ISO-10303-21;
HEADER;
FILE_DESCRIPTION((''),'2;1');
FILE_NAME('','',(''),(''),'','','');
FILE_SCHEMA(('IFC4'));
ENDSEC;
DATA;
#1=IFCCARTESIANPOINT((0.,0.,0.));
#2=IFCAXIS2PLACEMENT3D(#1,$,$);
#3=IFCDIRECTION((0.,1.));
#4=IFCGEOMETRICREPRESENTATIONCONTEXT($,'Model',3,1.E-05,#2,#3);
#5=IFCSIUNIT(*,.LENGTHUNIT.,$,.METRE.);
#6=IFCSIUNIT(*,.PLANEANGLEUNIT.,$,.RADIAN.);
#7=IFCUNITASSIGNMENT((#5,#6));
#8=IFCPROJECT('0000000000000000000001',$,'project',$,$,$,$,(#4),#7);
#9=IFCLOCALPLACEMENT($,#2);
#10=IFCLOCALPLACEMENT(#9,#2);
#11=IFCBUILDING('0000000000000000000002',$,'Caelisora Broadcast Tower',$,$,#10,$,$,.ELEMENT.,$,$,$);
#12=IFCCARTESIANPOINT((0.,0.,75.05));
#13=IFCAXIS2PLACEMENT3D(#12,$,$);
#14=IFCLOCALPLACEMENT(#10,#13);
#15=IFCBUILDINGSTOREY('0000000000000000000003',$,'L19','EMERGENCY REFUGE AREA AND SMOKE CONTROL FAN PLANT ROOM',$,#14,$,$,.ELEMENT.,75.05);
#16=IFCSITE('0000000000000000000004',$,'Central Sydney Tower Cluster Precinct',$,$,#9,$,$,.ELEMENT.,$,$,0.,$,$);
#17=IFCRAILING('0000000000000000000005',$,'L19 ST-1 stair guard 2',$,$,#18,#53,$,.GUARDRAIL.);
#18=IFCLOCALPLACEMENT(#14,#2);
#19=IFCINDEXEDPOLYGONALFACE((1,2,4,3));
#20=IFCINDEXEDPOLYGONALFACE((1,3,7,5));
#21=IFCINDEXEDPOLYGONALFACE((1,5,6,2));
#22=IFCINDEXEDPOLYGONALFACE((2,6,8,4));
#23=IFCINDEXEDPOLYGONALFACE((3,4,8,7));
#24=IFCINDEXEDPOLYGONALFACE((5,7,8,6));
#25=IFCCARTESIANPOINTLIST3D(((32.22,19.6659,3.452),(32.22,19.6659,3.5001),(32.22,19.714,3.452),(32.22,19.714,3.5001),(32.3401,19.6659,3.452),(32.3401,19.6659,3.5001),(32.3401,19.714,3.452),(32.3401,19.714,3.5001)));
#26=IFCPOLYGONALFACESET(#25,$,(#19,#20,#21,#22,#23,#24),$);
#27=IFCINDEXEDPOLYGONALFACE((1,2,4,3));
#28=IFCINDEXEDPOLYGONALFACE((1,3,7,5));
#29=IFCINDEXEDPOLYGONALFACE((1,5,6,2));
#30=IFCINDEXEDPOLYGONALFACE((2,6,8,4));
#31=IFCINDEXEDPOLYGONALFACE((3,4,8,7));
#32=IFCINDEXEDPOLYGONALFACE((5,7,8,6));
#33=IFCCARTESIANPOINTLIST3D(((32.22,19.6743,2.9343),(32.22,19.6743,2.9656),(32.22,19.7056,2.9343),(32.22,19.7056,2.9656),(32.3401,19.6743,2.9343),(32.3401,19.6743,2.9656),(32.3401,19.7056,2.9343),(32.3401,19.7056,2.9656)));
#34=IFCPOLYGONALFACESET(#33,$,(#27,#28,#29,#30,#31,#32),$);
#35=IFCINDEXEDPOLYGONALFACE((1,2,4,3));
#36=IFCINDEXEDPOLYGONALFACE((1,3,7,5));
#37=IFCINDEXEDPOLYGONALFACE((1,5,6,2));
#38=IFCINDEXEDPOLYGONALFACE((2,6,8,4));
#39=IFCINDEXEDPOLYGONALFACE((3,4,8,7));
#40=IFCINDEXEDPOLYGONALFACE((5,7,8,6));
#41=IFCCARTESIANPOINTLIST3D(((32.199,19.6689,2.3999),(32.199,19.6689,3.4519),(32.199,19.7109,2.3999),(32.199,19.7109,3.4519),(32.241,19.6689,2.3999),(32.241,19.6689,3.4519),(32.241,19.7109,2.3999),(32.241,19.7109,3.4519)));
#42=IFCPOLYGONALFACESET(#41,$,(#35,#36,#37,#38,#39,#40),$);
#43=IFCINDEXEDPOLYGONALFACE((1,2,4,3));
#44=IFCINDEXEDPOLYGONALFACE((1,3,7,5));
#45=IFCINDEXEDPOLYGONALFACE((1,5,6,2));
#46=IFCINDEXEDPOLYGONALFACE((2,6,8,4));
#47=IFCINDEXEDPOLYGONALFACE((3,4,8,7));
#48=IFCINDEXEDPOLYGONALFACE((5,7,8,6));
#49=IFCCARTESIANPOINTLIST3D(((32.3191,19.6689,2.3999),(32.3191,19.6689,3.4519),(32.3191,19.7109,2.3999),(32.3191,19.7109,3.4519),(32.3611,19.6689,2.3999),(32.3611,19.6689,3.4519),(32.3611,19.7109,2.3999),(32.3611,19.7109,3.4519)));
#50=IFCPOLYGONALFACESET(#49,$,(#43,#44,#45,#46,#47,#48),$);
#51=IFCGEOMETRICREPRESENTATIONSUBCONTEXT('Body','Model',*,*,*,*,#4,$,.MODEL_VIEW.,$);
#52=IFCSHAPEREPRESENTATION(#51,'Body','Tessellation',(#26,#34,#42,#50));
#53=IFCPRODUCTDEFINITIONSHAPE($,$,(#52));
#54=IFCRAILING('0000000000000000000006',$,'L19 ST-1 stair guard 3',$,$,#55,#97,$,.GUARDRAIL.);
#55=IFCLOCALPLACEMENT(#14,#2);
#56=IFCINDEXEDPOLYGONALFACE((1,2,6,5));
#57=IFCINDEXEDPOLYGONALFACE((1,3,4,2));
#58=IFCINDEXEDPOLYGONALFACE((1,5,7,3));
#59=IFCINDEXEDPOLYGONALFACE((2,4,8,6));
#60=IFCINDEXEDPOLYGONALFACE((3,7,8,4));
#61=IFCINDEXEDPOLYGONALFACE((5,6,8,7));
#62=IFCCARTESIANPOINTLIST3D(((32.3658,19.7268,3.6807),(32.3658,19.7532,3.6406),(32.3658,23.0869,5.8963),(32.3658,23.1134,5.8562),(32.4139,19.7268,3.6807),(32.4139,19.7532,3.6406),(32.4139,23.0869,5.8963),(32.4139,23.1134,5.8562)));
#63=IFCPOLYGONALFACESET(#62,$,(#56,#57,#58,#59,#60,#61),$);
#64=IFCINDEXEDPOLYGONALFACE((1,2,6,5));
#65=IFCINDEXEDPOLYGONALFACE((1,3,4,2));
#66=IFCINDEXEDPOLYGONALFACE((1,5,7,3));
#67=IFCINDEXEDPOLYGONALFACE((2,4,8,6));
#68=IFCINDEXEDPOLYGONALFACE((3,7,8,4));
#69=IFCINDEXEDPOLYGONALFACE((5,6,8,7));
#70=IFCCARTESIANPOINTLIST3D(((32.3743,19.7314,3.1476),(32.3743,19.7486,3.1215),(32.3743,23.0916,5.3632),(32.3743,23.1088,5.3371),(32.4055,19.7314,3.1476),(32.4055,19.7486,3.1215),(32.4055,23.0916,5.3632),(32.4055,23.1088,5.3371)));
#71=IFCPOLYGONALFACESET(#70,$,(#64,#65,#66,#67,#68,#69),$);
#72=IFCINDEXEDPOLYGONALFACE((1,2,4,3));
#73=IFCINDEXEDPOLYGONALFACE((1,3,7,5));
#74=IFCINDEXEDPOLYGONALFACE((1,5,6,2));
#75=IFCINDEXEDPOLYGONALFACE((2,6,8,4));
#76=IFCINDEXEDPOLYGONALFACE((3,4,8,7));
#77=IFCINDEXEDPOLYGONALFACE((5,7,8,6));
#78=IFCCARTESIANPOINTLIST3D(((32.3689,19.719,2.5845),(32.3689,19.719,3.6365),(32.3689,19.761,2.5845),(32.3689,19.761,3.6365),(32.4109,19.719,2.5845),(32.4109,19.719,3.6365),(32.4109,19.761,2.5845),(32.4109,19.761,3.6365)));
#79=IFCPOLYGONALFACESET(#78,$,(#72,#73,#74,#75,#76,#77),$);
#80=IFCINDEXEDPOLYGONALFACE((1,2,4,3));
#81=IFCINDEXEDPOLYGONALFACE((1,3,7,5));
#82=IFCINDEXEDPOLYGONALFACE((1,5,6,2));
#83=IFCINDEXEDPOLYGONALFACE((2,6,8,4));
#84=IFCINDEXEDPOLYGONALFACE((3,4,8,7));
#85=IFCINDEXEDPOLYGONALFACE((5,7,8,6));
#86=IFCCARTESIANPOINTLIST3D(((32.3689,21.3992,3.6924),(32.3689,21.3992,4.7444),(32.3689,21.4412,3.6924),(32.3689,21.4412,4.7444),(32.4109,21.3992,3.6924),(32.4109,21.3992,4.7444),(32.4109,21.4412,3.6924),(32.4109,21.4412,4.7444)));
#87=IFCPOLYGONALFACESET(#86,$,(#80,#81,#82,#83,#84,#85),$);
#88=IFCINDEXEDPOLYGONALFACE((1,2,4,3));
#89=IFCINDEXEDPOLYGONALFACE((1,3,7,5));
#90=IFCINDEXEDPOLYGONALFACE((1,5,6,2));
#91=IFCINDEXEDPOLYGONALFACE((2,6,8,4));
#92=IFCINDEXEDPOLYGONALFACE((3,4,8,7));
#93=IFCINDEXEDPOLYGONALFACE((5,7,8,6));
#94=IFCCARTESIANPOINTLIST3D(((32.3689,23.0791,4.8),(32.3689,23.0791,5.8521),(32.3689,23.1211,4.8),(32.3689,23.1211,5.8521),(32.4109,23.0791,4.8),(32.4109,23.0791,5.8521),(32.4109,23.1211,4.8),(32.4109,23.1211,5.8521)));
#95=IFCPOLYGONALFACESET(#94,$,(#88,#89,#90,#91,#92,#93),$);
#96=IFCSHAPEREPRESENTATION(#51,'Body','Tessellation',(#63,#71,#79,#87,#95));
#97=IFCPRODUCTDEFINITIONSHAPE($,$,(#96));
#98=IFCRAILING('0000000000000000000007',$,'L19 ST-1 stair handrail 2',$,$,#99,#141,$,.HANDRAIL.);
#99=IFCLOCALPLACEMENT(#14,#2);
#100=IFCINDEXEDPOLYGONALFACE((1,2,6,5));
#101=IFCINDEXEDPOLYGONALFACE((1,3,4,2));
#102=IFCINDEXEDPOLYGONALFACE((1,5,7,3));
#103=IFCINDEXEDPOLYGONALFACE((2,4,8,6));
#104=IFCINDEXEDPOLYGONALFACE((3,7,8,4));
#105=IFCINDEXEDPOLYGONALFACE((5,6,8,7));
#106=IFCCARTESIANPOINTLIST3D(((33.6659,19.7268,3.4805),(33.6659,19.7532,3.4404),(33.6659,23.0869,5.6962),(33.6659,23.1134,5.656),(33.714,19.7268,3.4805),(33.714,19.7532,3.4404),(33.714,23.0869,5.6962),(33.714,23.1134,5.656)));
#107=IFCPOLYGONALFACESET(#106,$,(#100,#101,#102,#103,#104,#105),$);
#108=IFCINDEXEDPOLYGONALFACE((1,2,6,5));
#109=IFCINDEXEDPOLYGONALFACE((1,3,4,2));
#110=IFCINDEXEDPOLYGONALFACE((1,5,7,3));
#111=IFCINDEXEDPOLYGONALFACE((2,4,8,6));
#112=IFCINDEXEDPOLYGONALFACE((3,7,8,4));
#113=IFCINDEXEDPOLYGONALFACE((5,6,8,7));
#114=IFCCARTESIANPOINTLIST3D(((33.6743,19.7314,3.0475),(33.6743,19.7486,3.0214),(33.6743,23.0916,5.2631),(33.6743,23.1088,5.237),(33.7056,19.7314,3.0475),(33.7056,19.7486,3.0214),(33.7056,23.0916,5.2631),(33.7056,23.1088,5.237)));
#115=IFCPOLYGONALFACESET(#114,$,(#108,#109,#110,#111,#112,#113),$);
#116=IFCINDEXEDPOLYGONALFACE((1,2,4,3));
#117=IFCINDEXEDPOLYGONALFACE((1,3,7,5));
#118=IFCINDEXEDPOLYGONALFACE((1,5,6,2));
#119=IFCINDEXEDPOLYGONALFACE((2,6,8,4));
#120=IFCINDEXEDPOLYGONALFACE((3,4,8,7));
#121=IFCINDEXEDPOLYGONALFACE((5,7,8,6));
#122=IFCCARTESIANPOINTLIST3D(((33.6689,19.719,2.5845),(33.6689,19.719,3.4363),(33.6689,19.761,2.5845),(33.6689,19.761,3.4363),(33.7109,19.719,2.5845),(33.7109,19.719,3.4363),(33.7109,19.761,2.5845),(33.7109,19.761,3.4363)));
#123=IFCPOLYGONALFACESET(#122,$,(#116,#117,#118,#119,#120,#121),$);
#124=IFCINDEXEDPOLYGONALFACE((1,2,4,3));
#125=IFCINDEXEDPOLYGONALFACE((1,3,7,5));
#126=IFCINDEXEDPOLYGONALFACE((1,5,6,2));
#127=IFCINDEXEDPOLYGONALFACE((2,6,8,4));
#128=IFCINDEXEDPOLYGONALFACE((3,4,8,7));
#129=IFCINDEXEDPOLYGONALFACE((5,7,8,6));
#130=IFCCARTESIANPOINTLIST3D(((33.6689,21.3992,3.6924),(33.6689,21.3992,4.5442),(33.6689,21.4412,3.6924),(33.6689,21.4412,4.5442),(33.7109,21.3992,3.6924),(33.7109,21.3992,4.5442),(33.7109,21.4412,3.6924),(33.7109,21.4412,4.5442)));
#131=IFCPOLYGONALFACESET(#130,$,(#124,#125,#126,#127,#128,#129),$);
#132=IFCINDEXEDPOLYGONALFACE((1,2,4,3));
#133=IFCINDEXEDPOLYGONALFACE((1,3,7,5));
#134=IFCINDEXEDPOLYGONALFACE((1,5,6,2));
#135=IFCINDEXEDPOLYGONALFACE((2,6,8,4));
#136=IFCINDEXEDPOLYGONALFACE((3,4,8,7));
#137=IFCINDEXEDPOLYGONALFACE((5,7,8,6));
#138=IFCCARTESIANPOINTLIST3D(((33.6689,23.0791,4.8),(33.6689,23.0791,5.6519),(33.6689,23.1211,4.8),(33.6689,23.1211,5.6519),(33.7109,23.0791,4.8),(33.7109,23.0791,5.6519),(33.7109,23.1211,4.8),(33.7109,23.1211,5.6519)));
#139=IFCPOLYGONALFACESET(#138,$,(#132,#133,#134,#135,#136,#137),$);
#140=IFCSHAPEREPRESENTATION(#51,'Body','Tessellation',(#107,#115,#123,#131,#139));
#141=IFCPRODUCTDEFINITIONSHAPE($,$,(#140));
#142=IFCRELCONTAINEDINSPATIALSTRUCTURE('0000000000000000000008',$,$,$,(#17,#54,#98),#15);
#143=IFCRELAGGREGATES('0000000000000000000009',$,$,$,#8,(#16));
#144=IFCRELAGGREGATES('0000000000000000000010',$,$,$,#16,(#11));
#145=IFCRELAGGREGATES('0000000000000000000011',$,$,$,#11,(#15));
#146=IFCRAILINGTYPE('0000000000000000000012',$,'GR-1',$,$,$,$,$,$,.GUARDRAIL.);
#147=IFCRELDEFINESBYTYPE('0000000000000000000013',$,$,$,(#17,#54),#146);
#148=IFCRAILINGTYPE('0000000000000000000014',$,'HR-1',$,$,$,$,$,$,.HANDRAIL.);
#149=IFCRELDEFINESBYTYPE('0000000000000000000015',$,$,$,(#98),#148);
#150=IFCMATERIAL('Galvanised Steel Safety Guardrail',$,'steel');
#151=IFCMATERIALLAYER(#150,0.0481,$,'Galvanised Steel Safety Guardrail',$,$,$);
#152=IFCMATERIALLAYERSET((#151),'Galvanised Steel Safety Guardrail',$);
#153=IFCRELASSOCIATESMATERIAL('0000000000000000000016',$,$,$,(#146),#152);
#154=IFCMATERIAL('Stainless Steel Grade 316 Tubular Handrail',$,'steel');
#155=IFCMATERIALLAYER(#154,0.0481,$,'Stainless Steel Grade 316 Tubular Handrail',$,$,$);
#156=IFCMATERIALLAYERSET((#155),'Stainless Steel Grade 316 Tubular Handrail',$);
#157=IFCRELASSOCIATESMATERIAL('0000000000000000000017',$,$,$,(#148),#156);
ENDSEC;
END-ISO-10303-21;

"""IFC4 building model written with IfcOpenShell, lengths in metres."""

from ifc_helpers import new_model, si_unit, direction, frame, origin, origin_2d, place, context, subcontext, project, spatial, rectangle, extrude, material, layer, layer_set, type_object, element, save


model = new_model("IFC4")

# Units and contexts
model_context = context("Model", 3, precision=1e-05, world=origin(), true_north=direction((0.0, 1.0)))
body_context = subcontext(model_context, "Body", "Model", "MODEL_VIEW")
ifc_project = project(units=[si_unit("LENGTHUNIT", "METRE"), si_unit("PLANEANGLEUNIT", "RADIAN")], contexts=[model_context])

# Site, building, storey
site_placement = place(None, origin())
site = spatial("IfcSite", under=ifc_project, at=site_placement, Name="Central Sydney Tower Cluster Precinct", CompositionType="ELEMENT", RefElevation=0.0)
building_placement = place(site_placement, origin())
building = spatial("IfcBuilding", under=site, at=building_placement, Name="Caelisora Broadcast Tower", CompositionType="ELEMENT")
storey_placement = place(building_placement, frame((0.0, 0.0, 75.05)))
storey = spatial("IfcBuildingStorey", under=building, at=storey_placement, Name="L19", Description="EMERGENCY REFUGE AREA AND SMOKE CONTROL FAN PLANT ROOM", CompositionType="ELEMENT", Elevation=75.05)

# Railings
ifc_material_1 = material(Name="Galvanised Steel Safety Guardrail", Category="steel")
ifc_layer_1 = layer(ifc_material_1, 0.0481, Name="Galvanised Steel Safety Guardrail")
ifc_layer_set_1 = layer_set([ifc_layer_1], Name="Galvanised Steel Safety Guardrail")
railing_type_1 = type_object("IfcRailingType", Name="GR-1", PredefinedType="GUARDRAIL", material=ifc_layer_set_1)
railing_1_placement = place(storey_placement, frame((32.22, 19.6899, 2.3999)))
element("IfcRailing", 1, at=railing_1_placement, inside=storey, type_object=railing_type_1, Name="L19 ST-1 stair guard 2", PredefinedType="GUARDRAIL", context=body_context, shape_type="SweptSolid", body=[
    extrude(rectangle(XDim=0.0481, YDim=0.0481, at=origin_2d()), frame((0.0, 0.0, 1.0762), z_axis=(1.0, 0.0, 0.0), x_axis=(0.0, 1.0, 0.0)), (0.0, 0.0, 1.0), 0.1201),
    extrude(rectangle(XDim=0.0312, YDim=0.0312, at=origin_2d()), frame((0.0, 0.0, 0.55), z_axis=(1.0, 0.0, 0.0), x_axis=(0.0, 1.0, 0.0)), (0.0, 0.0, 1.0), 0.1201),
    extrude(rectangle(XDim=0.042, YDim=0.042, at=origin_2d()), origin(), (0.0, 0.0, 1.0), 1.052),
    extrude(rectangle(XDim=0.042, YDim=0.042, at=origin_2d()), frame((0.1201, 0.0, 0.0)), (0.0, 0.0, 1.0), 1.052),
])
railing_2_placement = place(storey_placement, frame((32.3899, 19.74, 2.5845)))
element("IfcRailing", 2, at=railing_2_placement, inside=storey, type_object=railing_type_1, Name="L19 ST-1 stair guard 3", PredefinedType="GUARDRAIL", context=body_context, shape_type="SweptSolid", body=[
    extrude(rectangle(XDim=0.0481, YDim=0.0481, at=origin_2d()), frame((0.0, 0.0, 1.0762), z_axis=(0.0, 0.834849, 0.55048), x_axis=(-1.0, 0.0, 0.0)), (0.0, 0.0, 1.0), 4.0249),
    extrude(rectangle(XDim=0.0312, YDim=0.0312, at=origin_2d()), frame((0.0, 0.0, 0.55), z_axis=(0.0, 0.834849, 0.55048), x_axis=(-1.0, 0.0, 0.0)), (0.0, 0.0, 1.0), 4.0249),
    extrude(rectangle(XDim=0.042, YDim=0.042, at=origin_2d()), origin(), (0.0, 0.0, 1.0), 1.052),
    extrude(rectangle(XDim=0.042, YDim=0.042, at=origin_2d()), frame((0.0, 1.6802, 1.1079)), (0.0, 0.0, 1.0), 1.052),
    extrude(rectangle(XDim=0.042, YDim=0.042, at=origin_2d()), frame((0.0, 3.3601, 2.2156)), (0.0, 0.0, 1.0), 1.052),
])
ifc_material_2 = material(Name="Stainless Steel Grade 316 Tubular Handrail", Category="steel")
ifc_layer_2 = layer(ifc_material_2, 0.0481, Name="Stainless Steel Grade 316 Tubular Handrail")
ifc_layer_set_2 = layer_set([ifc_layer_2], Name="Stainless Steel Grade 316 Tubular Handrail")
railing_type_2 = type_object("IfcRailingType", Name="HR-1", PredefinedType="HANDRAIL", material=ifc_layer_set_2)
railing_3_placement = place(storey_placement, frame((33.6899, 19.74, 2.5845)))
element("IfcRailing", 3, at=railing_3_placement, inside=storey, type_object=railing_type_2, Name="L19 ST-1 stair handrail 2", PredefinedType="HANDRAIL", context=body_context, shape_type="SweptSolid", body=[
    extrude(rectangle(XDim=0.0481, YDim=0.0481, at=origin_2d()), frame((0.0, 0.0, 0.876), z_axis=(0.0, 0.834849, 0.55048), x_axis=(-1.0, 0.0, 0.0)), (0.0, 0.0, 1.0), 4.0249),
    extrude(rectangle(XDim=0.0312, YDim=0.0312, at=origin_2d()), frame((0.0, 0.0, 0.45), z_axis=(0.0, 0.834849, 0.55048), x_axis=(-1.0, 0.0, 0.0)), (0.0, 0.0, 1.0), 4.0249),
    extrude(rectangle(XDim=0.042, YDim=0.042, at=origin_2d()), origin(), (0.0, 0.0, 1.0), 0.8518),
    extrude(rectangle(XDim=0.042, YDim=0.042, at=origin_2d()), frame((0.0, 1.6802, 1.1079)), (0.0, 0.0, 1.0), 0.8518),
    extrude(rectangle(XDim=0.042, YDim=0.042, at=origin_2d()), frame((0.0, 3.3601, 2.2156)), (0.0, 0.0, 1.0), 0.8518),
])

save(model, "model.ifc")
